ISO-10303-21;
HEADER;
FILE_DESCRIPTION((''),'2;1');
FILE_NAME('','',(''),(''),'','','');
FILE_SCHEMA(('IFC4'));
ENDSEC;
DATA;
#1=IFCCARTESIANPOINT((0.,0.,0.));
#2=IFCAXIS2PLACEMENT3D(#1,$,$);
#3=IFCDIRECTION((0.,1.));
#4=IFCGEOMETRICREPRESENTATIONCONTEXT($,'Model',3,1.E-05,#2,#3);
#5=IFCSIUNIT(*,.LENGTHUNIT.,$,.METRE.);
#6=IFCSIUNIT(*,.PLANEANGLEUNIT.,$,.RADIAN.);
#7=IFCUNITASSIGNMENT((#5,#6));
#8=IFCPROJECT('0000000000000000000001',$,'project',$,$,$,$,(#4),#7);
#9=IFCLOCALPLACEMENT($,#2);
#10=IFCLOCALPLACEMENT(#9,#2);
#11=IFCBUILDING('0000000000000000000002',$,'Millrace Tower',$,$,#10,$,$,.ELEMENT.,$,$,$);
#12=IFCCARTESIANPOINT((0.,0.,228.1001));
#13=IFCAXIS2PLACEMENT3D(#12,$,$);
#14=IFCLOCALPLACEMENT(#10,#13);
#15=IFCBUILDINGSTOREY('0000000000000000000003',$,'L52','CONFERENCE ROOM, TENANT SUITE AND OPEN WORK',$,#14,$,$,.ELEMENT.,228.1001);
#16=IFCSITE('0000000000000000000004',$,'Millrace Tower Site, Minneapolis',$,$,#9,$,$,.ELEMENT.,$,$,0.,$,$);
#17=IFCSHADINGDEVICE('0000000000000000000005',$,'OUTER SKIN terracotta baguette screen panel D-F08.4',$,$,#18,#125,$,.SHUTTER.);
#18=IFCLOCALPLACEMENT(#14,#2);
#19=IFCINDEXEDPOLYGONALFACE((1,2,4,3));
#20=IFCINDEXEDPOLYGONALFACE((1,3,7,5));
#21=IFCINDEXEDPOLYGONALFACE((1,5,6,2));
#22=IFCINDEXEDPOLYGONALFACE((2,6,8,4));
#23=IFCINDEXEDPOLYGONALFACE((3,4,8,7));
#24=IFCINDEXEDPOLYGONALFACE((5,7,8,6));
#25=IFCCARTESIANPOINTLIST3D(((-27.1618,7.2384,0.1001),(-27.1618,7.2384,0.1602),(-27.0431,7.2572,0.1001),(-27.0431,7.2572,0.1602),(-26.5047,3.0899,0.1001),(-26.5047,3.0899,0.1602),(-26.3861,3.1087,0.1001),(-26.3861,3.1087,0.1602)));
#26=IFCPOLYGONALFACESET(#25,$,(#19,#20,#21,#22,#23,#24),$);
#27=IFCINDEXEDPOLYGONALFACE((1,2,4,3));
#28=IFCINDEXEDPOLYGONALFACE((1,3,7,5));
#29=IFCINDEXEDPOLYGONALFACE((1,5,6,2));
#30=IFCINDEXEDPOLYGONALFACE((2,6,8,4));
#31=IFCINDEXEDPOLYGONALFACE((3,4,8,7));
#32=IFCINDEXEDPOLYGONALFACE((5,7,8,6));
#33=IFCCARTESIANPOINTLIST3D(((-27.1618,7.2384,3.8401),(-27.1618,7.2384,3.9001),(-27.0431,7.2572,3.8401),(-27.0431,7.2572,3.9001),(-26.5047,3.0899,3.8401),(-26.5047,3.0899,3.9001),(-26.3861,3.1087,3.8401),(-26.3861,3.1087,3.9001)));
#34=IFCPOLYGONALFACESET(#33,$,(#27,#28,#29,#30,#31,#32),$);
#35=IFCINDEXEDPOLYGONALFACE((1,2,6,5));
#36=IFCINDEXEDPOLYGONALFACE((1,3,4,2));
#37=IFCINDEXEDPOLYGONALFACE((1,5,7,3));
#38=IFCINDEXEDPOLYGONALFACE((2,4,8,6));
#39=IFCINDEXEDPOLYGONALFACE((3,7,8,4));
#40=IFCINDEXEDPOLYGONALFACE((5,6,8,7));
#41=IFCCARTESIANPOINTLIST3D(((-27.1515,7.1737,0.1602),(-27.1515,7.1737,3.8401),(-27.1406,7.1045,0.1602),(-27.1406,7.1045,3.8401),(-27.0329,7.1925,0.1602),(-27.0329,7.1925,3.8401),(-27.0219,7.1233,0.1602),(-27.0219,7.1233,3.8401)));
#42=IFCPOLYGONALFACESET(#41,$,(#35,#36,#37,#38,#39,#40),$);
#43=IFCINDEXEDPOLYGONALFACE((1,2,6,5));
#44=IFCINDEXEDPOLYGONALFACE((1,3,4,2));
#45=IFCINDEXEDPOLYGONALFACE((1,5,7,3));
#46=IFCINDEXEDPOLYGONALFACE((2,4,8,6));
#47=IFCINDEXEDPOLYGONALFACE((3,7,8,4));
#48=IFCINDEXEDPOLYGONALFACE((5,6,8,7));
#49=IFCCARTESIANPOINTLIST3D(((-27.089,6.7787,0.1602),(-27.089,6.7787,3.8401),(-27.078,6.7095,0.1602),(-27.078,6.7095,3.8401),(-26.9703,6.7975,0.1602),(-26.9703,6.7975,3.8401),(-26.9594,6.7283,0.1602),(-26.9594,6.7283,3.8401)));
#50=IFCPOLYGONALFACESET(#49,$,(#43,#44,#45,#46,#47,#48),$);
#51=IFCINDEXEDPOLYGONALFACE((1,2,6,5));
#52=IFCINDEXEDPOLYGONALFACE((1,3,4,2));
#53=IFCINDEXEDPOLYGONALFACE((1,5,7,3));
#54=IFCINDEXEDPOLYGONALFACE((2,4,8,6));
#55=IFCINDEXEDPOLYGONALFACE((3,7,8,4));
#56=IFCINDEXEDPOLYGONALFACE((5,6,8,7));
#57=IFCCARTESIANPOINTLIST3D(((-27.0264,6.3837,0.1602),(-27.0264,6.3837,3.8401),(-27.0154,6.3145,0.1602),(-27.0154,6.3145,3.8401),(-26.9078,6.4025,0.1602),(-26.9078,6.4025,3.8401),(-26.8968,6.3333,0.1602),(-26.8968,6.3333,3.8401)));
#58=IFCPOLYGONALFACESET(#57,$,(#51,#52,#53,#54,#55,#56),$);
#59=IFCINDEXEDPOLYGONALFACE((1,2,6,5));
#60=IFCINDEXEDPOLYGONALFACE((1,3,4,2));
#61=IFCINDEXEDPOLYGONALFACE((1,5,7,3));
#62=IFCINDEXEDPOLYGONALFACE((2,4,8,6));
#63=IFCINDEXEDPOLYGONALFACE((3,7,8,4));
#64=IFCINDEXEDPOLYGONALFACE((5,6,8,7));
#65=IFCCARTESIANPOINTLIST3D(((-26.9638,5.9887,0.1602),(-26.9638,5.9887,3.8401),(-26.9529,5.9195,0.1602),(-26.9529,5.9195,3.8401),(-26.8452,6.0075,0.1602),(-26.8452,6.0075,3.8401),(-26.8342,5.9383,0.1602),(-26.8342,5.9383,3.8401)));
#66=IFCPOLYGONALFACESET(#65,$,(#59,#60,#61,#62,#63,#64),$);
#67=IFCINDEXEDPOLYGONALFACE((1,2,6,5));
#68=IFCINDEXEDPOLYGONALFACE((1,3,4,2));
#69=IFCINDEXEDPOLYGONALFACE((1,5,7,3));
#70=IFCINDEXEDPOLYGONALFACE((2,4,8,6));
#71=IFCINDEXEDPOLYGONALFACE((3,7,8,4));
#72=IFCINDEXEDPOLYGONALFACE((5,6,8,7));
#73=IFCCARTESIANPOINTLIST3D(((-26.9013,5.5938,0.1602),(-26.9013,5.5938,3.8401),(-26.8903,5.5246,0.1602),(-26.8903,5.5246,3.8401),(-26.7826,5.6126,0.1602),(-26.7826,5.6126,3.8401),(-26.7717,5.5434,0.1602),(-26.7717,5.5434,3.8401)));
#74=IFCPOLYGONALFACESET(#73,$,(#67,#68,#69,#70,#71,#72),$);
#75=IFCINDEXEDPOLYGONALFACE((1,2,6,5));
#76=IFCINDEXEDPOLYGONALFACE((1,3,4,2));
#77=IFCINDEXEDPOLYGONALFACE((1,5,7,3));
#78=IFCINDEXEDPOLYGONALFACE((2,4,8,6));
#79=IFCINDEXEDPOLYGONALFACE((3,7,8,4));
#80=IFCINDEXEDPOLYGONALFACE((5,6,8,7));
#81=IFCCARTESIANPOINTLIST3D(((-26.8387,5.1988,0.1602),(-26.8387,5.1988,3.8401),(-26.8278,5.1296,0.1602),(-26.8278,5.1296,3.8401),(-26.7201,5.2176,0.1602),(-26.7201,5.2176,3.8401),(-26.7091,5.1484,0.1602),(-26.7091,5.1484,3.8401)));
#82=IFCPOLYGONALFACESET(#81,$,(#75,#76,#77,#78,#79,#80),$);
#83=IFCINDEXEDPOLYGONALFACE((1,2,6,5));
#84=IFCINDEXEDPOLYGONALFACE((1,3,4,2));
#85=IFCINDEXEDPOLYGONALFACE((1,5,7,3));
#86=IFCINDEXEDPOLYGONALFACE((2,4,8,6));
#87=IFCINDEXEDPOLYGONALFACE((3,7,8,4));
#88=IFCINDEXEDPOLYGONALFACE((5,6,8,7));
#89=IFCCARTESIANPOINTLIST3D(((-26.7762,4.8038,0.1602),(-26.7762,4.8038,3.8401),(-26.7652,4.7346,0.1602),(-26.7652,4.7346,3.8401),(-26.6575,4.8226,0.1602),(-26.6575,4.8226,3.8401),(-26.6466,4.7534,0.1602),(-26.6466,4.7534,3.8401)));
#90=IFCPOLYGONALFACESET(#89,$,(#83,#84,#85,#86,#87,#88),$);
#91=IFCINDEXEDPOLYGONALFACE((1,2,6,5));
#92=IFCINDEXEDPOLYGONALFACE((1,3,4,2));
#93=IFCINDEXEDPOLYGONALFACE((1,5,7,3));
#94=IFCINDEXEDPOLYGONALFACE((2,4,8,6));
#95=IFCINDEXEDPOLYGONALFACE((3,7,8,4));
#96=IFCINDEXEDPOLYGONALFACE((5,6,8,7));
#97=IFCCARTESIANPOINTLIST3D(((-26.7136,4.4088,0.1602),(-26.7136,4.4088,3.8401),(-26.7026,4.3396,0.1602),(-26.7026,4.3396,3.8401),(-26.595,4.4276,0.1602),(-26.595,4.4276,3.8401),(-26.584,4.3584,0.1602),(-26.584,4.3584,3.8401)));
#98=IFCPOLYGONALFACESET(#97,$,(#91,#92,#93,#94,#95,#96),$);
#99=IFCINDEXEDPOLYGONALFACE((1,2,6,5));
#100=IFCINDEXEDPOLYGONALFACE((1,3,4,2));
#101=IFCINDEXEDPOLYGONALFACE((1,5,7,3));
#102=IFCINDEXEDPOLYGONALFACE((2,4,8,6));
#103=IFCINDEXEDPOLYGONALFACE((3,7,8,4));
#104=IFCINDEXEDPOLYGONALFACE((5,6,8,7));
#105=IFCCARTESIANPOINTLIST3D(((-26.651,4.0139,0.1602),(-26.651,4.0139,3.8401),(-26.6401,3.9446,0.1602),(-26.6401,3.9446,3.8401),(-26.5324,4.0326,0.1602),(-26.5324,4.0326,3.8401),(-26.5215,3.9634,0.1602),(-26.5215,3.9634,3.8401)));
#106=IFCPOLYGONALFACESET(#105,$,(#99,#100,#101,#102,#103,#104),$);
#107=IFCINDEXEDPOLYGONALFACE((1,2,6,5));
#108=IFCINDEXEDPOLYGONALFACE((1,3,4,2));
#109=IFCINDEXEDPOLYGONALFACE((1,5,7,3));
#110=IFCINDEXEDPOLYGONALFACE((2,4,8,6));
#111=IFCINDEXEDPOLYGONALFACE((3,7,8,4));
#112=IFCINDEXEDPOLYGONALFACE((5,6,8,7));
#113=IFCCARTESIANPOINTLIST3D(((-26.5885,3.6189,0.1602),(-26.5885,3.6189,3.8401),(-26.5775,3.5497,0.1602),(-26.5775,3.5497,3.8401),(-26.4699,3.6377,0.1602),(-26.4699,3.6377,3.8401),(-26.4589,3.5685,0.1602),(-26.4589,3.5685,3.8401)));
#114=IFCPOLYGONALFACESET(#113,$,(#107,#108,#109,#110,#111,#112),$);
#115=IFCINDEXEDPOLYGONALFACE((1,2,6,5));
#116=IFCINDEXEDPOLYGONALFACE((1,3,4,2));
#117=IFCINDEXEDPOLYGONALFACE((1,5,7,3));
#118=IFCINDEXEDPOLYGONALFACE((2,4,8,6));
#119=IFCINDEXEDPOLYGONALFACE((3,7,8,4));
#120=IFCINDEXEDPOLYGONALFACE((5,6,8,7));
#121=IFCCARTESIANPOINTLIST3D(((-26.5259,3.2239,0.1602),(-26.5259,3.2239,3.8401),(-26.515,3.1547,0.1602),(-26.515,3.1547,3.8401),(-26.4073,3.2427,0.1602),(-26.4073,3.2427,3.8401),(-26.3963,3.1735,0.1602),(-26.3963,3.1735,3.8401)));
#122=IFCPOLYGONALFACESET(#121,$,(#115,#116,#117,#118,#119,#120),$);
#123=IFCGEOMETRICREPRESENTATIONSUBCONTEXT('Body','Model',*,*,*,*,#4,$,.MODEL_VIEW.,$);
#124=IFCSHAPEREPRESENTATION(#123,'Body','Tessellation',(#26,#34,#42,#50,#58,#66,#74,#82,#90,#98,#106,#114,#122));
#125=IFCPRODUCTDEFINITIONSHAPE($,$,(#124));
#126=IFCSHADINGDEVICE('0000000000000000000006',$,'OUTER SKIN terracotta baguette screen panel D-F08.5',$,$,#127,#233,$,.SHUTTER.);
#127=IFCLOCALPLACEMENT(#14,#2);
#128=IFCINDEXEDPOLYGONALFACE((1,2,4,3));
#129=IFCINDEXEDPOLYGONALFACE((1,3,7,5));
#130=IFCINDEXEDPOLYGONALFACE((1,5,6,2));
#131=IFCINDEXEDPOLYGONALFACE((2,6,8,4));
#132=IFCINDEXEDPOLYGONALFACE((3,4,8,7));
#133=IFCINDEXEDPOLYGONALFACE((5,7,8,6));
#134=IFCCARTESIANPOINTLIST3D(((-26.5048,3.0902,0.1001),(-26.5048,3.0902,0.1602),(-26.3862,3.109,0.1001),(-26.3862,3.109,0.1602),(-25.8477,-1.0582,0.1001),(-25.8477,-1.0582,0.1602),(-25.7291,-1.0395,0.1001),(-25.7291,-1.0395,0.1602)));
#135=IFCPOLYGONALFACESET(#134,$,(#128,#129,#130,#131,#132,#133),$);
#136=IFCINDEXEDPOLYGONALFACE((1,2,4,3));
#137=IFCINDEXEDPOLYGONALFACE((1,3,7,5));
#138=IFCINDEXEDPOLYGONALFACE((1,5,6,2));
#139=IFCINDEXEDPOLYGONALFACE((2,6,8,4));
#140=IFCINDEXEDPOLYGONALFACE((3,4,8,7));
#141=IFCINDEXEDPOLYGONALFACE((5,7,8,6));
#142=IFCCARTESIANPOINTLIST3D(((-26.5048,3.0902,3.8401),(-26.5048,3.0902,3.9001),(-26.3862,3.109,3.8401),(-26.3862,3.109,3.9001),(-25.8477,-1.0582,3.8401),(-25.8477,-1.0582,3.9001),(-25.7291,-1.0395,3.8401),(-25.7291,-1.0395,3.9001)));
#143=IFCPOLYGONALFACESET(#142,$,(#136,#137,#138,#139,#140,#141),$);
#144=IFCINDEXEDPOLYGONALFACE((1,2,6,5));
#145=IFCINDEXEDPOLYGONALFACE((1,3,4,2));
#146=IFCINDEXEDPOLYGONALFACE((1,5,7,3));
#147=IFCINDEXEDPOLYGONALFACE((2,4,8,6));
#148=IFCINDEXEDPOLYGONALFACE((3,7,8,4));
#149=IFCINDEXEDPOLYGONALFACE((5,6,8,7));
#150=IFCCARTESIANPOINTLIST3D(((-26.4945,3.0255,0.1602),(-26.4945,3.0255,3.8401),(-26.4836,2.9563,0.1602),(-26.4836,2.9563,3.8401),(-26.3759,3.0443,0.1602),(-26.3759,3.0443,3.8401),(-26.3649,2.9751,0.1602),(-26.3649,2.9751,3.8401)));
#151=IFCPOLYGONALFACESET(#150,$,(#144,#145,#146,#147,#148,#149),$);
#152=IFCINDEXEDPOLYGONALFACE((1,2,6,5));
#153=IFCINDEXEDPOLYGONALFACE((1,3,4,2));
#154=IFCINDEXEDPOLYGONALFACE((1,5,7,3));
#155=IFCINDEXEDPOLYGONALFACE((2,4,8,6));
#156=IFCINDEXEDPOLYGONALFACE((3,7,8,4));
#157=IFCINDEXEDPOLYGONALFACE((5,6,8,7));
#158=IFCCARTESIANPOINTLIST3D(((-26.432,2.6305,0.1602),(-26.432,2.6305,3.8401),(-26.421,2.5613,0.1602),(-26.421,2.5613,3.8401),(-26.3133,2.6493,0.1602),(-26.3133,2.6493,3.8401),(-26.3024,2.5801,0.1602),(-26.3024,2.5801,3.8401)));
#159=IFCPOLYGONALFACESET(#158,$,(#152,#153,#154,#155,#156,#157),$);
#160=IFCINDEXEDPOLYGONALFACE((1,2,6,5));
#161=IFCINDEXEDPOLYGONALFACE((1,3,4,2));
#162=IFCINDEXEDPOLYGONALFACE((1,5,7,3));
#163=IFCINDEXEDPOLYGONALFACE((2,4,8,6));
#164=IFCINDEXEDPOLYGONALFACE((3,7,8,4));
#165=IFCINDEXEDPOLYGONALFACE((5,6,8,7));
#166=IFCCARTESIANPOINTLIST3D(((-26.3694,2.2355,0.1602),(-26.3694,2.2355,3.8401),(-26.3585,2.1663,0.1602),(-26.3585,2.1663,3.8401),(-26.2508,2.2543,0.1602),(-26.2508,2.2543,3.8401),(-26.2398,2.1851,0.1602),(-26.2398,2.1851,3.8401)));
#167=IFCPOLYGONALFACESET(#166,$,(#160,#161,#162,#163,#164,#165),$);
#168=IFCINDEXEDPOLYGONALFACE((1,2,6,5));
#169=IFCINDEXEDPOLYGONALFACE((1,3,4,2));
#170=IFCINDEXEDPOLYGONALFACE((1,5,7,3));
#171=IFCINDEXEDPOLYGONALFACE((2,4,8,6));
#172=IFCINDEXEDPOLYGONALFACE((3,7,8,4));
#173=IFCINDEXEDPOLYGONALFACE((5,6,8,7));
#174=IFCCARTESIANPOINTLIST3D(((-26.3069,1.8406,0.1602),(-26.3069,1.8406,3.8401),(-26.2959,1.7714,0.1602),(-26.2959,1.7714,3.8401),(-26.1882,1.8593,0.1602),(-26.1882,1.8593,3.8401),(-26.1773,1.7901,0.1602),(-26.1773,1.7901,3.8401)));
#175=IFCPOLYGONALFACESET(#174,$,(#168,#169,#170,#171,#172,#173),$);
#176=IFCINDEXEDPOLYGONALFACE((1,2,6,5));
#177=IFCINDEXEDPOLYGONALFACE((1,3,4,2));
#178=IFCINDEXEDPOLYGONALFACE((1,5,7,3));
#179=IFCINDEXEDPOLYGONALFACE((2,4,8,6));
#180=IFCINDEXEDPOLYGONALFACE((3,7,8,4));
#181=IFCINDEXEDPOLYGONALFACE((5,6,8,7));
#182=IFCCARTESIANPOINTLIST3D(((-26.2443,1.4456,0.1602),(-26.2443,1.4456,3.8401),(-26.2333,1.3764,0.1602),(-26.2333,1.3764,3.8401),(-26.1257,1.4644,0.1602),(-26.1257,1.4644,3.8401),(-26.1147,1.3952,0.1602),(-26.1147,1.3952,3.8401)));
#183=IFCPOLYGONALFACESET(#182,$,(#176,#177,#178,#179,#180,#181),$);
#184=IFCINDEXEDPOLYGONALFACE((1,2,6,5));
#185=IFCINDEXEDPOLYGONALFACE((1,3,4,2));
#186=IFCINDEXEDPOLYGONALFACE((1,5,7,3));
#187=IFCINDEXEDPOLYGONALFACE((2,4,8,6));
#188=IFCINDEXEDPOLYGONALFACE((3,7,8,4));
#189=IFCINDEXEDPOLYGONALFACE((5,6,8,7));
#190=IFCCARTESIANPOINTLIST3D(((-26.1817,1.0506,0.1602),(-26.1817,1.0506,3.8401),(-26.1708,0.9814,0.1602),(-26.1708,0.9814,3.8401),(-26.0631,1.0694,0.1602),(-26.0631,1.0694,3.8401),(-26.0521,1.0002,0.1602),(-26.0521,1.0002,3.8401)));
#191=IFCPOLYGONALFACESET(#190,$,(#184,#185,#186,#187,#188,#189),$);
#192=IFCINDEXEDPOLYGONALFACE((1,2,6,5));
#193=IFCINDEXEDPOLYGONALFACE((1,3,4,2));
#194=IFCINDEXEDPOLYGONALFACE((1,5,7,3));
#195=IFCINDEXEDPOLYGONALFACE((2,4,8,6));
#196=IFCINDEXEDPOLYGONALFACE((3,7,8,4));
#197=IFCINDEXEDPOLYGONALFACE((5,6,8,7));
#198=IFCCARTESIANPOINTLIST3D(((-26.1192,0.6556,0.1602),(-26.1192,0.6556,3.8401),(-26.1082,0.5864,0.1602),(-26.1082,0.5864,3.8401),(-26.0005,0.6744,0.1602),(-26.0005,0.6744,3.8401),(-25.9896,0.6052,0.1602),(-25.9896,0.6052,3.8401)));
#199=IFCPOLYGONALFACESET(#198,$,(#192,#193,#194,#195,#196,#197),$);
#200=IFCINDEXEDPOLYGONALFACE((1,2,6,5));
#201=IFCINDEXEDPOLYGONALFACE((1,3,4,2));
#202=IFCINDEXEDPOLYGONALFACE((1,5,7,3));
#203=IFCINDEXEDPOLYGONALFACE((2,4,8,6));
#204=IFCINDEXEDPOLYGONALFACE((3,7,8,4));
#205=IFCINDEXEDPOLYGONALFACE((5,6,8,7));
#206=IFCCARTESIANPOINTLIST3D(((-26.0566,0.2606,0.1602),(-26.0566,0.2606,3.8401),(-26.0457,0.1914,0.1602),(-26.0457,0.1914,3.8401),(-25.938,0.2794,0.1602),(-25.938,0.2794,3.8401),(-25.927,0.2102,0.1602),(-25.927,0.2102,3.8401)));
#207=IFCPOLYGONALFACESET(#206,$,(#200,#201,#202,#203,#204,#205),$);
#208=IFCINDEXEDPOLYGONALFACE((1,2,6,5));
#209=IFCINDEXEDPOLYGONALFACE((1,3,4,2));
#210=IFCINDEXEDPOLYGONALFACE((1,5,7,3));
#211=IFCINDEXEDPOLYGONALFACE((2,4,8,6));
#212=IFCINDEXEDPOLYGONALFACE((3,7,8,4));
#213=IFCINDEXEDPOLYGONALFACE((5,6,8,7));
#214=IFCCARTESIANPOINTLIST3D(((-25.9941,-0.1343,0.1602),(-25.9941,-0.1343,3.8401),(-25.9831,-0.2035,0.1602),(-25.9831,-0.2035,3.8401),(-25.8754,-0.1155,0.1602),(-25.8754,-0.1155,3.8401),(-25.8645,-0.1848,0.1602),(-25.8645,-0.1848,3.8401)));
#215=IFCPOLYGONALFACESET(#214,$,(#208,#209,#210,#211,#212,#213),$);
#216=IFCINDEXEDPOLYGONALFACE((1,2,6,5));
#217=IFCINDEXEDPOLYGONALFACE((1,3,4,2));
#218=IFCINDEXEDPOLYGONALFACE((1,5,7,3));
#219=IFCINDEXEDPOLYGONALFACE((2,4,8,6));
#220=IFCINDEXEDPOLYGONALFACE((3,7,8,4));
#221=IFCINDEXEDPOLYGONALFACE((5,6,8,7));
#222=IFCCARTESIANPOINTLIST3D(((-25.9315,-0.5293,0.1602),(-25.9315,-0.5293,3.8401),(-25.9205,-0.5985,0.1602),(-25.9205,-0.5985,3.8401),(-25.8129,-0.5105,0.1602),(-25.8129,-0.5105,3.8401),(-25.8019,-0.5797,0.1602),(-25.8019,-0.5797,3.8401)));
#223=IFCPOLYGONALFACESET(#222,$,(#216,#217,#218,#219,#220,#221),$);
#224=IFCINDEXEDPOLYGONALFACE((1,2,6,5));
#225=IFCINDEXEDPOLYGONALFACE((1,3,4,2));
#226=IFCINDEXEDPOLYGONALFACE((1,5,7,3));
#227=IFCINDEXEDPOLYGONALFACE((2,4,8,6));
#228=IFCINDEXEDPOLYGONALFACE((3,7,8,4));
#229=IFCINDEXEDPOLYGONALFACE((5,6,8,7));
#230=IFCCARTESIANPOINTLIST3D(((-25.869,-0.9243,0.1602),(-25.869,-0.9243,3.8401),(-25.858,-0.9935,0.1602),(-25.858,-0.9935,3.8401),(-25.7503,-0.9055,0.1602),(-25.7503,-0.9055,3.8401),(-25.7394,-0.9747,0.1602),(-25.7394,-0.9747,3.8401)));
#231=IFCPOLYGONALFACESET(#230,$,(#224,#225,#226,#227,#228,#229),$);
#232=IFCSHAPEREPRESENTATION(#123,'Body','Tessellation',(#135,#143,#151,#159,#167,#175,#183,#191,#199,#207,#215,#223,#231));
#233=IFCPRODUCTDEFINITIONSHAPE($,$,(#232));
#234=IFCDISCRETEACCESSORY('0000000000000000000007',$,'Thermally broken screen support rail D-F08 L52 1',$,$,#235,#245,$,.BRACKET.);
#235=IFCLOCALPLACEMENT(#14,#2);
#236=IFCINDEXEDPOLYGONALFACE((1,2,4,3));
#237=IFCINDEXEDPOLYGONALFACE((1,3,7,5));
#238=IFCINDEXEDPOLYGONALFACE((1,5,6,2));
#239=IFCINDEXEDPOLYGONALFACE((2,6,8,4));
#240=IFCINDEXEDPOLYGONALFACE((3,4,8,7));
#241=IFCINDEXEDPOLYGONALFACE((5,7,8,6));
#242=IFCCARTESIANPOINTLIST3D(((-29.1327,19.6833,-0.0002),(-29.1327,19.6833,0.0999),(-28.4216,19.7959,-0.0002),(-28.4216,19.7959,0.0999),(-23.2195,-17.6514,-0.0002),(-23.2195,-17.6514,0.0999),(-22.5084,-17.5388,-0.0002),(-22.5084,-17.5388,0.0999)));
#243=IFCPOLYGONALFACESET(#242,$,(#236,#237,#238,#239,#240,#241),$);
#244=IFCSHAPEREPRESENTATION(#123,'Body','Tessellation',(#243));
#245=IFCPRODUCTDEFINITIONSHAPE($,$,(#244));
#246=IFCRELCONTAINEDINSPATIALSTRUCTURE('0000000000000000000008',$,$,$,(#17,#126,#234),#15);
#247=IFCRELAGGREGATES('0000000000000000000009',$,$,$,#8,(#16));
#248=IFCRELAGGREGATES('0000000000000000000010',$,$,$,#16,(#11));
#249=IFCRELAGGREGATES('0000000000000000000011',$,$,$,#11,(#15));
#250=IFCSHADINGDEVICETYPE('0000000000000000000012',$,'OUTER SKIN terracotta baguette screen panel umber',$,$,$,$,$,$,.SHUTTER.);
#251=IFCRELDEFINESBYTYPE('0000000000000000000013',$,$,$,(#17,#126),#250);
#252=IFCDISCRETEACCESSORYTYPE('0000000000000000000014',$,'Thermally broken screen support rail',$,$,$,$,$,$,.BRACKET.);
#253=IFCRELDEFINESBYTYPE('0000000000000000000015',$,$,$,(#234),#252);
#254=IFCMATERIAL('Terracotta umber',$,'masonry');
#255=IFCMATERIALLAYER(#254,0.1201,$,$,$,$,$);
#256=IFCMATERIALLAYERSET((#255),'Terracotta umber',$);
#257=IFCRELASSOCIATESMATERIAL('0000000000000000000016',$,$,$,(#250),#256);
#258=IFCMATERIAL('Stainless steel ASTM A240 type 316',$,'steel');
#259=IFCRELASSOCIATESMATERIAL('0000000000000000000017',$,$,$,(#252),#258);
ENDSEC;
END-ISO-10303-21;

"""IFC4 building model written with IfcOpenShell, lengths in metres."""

from ifc_helpers import new_model, entity, si_unit, direction, frame, frame_2d, origin, origin_2d, place, context, subcontext, project, spatial, rectangle, extrude, source, transform, mapped, material, layer, layer_set, type_object, element, save


model = new_model("IFC4")

# Units and contexts
model_context = context("Model", 3, precision=1e-05, world=origin(), true_north=direction((0.0, 1.0)))
body_context = subcontext(model_context, "Body", "Model", "MODEL_VIEW")
ifc_project = project(units=[si_unit("LENGTHUNIT", "METRE"), si_unit("PLANEANGLEUNIT", "RADIAN")], contexts=[model_context])

# Site, building, storey
site_placement = place(None, origin())
site = spatial("IfcSite", under=ifc_project, at=site_placement, Name="Millrace Tower Site, Minneapolis", CompositionType="ELEMENT", RefElevation=0.0)
building_placement = place(site_placement, origin())
building = spatial("IfcBuilding", under=site, at=building_placement, Name="Millrace Tower", CompositionType="ELEMENT")
storey_placement = place(building_placement, frame((0.0, 0.0, 228.1001)))
storey = spatial("IfcBuildingStorey", under=building, at=storey_placement, Name="L52", Description="CONFERENCE ROOM, TENANT SUITE AND OPEN WORK", CompositionType="ELEMENT", Elevation=228.1001)

# Shading devices
ifc_material_1 = material(Name="Terracotta umber", Category="masonry")
ifc_layer_1 = layer(ifc_material_1, 0.1201)
ifc_layer_set_1 = layer_set([ifc_layer_1], Name="Terracotta umber")
shading_device_type = type_object("IfcShadingDeviceType", Name="OUTER SKIN terracotta baguette screen panel umber", PredefinedType="SHUTTER", material=ifc_layer_set_1)
cartesian_point_1 = entity("IfcCartesianPoint", [-2.1001, 0.0601])
shared_polyline_1 = entity("IfcPolyline", [cartesian_point_1, entity("IfcCartesianPoint", [2.1001, 0.0601]), entity("IfcCartesianPoint", [2.1001, -0.0601]), entity("IfcCartesianPoint", [-2.1001, -0.0601]), cartesian_point_1])
shared_shape_1 = source(origin(), body_context, "Body", "SweptSolid", [
    entity("IfcExtrudedAreaSolid", entity("IfcArbitraryClosedProfileDef", "AREA", None, shared_polyline_1), entity("IfcAxis2Placement3D", entity("IfcCartesianPoint", [0.0, 0.0, 0.0])), entity("IfcDirection", [0.0, 0.0, 1.0]), 0.0601),
    entity("IfcExtrudedAreaSolid", entity("IfcArbitraryClosedProfileDef", "AREA", None, shared_polyline_1), entity("IfcAxis2Placement3D", entity("IfcCartesianPoint", [0.0, 0.0, 3.74])), entity("IfcDirection", [0.0, 0.0, 1.0]), 0.0601),
    extrude(rectangle(XDim=0.0701, YDim=0.1201, at=frame_2d((-1.9995, 0.0))), frame((0.0, 0.0, 0.0601)), (0.0, 0.0, 1.0), 3.6799),
    extrude(rectangle(XDim=0.0701, YDim=0.1201, at=frame_2d((-1.5996, 0.0))), frame((0.0, 0.0, 0.0601)), (0.0, 0.0, 1.0), 3.6799),
    extrude(rectangle(XDim=0.0701, YDim=0.1201, at=frame_2d((-1.1997, 0.0))), frame((0.0, 0.0, 0.0601)), (0.0, 0.0, 1.0), 3.6799),
    extrude(rectangle(XDim=0.0701, YDim=0.1201, at=frame_2d((-0.7998, 0.0))), frame((0.0, 0.0, 0.0601)), (0.0, 0.0, 1.0), 3.6799),
    extrude(rectangle(XDim=0.0701, YDim=0.1201, at=frame_2d((-0.3999, 0.0))), frame((0.0, 0.0, 0.0601)), (0.0, 0.0, 1.0), 3.6799),
    extrude(rectangle(XDim=0.0701, YDim=0.1201, at=origin_2d()), frame((0.0, 0.0, 0.0601)), (0.0, 0.0, 1.0), 3.6799),
    extrude(rectangle(XDim=0.0701, YDim=0.1201, at=frame_2d((0.3999, 0.0))), frame((0.0, 0.0, 0.0601)), (0.0, 0.0, 1.0), 3.6799),
    extrude(rectangle(XDim=0.0701, YDim=0.1201, at=frame_2d((0.7998, 0.0))), frame((0.0, 0.0, 0.0601)), (0.0, 0.0, 1.0), 3.6799),
    extrude(rectangle(XDim=0.0701, YDim=0.1201, at=frame_2d((1.1997, 0.0))), frame((0.0, 0.0, 0.0601)), (0.0, 0.0, 1.0), 3.6799),
    extrude(rectangle(XDim=0.0701, YDim=0.1201, at=frame_2d((1.5996, 0.0))), frame((0.0, 0.0, 0.0601)), (0.0, 0.0, 1.0), 3.6799),
    extrude(rectangle(XDim=0.0701, YDim=0.1201, at=frame_2d((1.9995, 0.0))), frame((0.0, 0.0, 0.0601)), (0.0, 0.0, 1.0), 3.6799),
])
for number, where, z_axis, x_axis, name in (
    (1, (-26.7739, 5.1736, 0.1001), (0.0, 0.0, 1.0), (0.156434, -0.987688, 0.0), "OUTER SKIN terracotta baguette screen panel D-F08.4"),
    (2, (-26.1169, 1.0254, 0.1001), (0.0, 0.0, 1.0), (0.156434, -0.987688, 0.0), "OUTER SKIN terracotta baguette screen panel D-F08.5"),
):
    element("IfcShadingDevice", number, at=place(storey_placement, frame(where, z_axis=z_axis, x_axis=x_axis)), inside=storey, type_object=shading_device_type, Name=name, PredefinedType="SHUTTER", context=body_context, shape_type="MappedRepresentation", body=[
        mapped(shared_shape_1, transform((0.0, 0.0, 0.0), scale=1.0)),
    ])

# Discrete accessory
ifc_material_2 = material(Name="Stainless steel ASTM A240 type 316", Category="steel")
discrete_accessory_type = type_object("IfcDiscreteAccessoryType", Name="Thermally broken screen support rail", PredefinedType="BRACKET", material=ifc_material_2)
discrete_accessory_placement = place(storey_placement, frame((-25.8206, 1.0723, -0.0002), z_axis=(0.0, 0.0, 1.0), x_axis=(0.156434, -0.987688, 0.0)))
element("IfcDiscreteAccessory", 3, at=discrete_accessory_placement, inside=storey, type_object=discrete_accessory_type, Name="Thermally broken screen support rail D-F08 L52 1", PredefinedType="BRACKET", context=body_context, shape_type="SweptSolid", body=[
    extrude(rectangle(XDim=37.8, YDim=0.72, at=origin_2d()), origin(), (0.0, 0.0, 1.0), 0.1001),
])

save(model, "model.ifc")
